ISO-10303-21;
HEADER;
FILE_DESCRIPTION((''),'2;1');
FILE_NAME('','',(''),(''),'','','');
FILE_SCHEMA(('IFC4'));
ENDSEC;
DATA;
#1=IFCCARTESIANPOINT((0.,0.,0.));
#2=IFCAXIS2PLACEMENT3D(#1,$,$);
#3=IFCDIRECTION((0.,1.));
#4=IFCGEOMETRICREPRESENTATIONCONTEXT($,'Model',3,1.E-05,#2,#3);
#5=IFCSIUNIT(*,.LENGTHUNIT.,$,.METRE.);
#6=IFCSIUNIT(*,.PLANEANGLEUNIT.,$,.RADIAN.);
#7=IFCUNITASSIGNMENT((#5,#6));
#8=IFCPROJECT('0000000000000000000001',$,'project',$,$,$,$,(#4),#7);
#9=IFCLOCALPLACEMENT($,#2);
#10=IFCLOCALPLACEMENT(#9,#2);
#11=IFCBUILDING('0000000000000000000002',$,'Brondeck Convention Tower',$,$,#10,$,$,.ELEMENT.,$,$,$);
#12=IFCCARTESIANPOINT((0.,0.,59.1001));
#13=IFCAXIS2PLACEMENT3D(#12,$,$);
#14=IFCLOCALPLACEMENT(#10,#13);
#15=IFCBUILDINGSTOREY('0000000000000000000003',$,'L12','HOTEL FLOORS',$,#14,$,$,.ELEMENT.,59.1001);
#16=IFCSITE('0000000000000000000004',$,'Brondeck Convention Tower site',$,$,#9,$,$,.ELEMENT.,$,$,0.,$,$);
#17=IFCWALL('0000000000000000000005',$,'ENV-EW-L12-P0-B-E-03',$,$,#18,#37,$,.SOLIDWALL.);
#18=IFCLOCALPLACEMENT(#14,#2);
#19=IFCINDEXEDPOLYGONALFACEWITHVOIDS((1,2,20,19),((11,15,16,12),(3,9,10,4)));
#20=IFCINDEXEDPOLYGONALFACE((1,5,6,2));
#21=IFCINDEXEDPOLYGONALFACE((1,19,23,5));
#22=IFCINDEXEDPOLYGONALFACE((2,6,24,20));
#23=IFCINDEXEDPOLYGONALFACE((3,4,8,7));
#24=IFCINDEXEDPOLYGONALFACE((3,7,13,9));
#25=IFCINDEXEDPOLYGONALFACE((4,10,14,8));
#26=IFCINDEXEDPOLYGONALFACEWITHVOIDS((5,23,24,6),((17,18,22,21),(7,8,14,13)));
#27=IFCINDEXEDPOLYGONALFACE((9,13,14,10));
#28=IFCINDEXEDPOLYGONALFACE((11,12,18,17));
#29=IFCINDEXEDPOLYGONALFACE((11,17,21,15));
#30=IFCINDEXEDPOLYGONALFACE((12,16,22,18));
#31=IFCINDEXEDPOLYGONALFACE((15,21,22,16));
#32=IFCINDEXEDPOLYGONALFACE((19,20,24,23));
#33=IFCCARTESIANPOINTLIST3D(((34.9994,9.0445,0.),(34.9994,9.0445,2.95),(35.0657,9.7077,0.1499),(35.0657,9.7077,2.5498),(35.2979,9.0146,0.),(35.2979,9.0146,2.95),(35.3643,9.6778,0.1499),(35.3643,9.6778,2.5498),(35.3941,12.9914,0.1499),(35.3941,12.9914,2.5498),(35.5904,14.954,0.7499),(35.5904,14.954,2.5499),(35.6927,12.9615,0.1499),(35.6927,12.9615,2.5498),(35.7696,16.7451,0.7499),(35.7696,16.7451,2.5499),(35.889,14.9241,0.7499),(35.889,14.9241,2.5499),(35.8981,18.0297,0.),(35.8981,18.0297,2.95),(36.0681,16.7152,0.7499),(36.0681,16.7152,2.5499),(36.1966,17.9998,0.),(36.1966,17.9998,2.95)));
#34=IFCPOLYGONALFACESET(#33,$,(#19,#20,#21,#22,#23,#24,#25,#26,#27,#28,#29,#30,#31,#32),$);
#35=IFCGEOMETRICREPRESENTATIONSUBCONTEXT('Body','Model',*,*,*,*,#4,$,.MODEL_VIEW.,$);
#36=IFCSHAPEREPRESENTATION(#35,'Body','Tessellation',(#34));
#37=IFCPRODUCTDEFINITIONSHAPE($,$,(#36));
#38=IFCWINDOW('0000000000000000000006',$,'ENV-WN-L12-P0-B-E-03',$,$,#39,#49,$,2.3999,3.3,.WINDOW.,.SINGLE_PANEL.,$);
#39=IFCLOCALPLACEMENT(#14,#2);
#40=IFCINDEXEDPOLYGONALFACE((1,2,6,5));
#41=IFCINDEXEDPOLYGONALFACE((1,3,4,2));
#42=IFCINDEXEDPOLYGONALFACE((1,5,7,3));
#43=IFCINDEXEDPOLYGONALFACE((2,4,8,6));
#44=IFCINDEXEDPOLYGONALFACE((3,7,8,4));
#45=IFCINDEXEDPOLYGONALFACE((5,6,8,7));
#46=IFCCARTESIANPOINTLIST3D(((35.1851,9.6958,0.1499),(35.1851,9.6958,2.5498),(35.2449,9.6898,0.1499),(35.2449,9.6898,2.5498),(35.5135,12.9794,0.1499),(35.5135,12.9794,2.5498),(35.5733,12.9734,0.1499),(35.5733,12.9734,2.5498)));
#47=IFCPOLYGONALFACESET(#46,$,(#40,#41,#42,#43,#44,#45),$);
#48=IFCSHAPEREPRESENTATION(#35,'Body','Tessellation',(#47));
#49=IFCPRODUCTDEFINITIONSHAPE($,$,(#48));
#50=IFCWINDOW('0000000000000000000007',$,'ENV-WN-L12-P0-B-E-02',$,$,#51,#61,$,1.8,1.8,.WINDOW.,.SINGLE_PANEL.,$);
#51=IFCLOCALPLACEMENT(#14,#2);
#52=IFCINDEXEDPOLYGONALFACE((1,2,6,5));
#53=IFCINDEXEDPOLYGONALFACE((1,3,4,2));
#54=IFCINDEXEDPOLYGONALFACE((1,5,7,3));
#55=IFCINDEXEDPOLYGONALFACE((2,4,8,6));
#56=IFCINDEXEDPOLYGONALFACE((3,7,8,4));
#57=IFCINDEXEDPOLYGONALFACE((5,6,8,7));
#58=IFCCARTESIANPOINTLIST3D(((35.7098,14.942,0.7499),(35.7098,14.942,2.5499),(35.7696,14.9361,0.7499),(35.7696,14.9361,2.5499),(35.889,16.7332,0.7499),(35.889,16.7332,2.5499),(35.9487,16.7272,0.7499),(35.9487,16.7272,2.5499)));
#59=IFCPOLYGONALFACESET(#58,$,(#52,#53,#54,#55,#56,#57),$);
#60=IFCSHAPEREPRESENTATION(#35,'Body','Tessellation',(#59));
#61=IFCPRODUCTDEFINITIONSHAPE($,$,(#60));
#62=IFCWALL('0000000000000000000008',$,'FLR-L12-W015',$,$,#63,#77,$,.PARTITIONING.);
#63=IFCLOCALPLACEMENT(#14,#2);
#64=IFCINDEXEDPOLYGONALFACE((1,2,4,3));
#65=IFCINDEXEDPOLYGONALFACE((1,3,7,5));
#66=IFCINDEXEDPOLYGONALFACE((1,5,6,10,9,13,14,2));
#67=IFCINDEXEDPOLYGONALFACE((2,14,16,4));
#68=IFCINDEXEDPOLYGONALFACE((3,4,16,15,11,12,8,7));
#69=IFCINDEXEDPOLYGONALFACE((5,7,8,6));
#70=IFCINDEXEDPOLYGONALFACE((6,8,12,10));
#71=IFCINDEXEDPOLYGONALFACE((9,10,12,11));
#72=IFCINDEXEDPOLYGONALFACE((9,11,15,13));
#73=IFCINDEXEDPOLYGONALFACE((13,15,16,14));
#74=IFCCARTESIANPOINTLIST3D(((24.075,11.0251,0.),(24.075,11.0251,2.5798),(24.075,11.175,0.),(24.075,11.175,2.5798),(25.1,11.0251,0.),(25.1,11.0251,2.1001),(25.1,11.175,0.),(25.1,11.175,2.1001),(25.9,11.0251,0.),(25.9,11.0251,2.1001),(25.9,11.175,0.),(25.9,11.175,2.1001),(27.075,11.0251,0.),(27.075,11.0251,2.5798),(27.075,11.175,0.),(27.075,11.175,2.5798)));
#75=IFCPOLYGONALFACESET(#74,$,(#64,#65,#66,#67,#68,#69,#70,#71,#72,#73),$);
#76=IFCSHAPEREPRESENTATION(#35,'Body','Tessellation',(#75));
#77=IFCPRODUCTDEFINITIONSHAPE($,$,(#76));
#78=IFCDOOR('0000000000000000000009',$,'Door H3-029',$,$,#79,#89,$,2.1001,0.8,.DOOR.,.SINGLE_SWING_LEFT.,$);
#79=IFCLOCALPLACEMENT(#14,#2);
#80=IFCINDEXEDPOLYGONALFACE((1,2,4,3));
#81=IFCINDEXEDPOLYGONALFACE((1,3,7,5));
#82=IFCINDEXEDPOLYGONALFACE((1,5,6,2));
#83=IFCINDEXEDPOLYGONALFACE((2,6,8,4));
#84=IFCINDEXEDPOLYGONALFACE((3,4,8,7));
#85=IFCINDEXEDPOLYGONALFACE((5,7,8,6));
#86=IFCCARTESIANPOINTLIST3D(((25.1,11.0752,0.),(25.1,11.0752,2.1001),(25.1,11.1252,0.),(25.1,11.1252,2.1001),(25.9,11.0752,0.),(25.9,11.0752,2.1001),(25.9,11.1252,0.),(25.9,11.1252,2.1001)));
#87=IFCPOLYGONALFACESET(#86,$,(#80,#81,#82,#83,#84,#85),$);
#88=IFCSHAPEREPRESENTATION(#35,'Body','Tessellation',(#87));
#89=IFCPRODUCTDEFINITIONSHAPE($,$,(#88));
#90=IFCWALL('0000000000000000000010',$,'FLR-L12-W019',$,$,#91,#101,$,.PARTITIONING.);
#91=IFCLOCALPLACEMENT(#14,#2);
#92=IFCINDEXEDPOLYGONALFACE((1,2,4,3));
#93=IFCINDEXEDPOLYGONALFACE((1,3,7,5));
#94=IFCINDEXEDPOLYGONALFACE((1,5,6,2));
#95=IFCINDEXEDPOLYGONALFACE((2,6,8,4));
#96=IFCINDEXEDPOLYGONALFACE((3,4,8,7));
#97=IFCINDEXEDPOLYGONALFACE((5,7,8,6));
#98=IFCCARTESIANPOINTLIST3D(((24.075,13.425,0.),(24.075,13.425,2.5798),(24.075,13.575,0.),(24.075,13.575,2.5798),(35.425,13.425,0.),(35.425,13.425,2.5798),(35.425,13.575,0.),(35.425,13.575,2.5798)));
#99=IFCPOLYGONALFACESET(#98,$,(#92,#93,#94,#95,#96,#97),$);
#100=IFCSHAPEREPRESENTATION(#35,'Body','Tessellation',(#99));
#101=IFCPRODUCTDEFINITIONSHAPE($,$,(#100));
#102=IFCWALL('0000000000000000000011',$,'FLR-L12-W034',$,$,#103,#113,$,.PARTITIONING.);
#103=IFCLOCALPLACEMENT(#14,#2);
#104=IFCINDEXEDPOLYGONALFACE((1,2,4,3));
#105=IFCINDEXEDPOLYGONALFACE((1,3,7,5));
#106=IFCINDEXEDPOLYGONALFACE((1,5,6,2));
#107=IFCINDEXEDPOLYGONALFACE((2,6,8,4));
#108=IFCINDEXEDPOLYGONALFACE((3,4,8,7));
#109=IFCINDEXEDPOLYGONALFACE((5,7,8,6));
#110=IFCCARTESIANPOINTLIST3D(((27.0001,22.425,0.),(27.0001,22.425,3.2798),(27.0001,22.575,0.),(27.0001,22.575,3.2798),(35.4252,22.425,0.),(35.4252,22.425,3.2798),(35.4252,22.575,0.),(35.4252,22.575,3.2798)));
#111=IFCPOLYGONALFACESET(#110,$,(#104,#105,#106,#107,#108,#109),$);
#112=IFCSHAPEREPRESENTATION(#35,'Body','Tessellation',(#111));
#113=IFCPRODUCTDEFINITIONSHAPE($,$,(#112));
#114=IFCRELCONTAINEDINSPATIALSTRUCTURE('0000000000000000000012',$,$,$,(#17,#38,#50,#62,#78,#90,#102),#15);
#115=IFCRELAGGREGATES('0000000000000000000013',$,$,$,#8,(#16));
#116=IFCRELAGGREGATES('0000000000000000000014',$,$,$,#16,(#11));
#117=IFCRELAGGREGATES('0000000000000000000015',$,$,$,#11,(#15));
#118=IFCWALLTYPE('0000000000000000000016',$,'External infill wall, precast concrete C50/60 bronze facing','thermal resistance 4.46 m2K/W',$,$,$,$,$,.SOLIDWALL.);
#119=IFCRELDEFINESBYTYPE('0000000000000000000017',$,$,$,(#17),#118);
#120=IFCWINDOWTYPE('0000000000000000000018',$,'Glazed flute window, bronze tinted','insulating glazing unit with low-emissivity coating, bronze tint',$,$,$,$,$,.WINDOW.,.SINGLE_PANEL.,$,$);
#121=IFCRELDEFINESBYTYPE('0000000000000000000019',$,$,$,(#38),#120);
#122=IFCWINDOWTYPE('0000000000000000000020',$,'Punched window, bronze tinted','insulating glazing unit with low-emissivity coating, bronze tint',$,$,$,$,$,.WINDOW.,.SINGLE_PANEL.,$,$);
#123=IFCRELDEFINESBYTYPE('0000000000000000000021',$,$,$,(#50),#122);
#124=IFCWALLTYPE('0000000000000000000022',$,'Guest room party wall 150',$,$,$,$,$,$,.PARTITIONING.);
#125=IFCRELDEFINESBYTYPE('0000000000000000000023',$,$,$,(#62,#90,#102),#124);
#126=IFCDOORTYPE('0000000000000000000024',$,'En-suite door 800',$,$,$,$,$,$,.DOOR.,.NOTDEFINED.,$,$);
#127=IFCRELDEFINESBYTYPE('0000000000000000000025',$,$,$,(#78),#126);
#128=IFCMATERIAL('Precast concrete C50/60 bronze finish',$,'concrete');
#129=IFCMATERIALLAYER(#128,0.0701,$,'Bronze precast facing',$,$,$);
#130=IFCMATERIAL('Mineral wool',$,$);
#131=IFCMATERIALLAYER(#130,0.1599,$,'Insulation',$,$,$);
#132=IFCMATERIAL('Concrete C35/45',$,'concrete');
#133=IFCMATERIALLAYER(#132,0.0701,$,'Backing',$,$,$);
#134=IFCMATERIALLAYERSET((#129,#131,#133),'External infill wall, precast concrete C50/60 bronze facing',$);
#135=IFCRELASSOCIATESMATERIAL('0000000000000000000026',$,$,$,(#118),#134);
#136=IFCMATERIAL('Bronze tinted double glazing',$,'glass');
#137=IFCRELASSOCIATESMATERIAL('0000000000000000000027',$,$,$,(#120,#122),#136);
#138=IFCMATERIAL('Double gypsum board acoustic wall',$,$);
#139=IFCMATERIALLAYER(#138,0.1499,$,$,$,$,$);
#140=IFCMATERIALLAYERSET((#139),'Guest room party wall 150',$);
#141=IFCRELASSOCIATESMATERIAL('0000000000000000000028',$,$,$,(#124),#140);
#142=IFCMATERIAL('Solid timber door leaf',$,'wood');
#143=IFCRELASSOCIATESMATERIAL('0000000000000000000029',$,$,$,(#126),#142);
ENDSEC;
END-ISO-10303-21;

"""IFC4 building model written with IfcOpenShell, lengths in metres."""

from ifc_helpers import new_model, si_unit, direction, frame, frame_2d, origin, place, context, subcontext, project, spatial, rectangle, extrude, material, layer, layer_set, type_object, element, fill, save


model = new_model("IFC4")

# Units and contexts
model_context = context("Model", 3, precision=1e-05, world=origin(), true_north=direction((0.0, 1.0)))
body_context = subcontext(model_context, "Body", "Model", "MODEL_VIEW")
ifc_project = project(units=[si_unit("LENGTHUNIT", "METRE"), si_unit("PLANEANGLEUNIT", "RADIAN")], contexts=[model_context])

# Site, building, storey
site_placement = place(None, origin())
site = spatial("IfcSite", under=ifc_project, at=site_placement, Name="Brondeck Convention Tower site", CompositionType="ELEMENT", RefElevation=0.0)
building_placement = place(site_placement, origin())
building = spatial("IfcBuilding", under=site, at=building_placement, Name="Brondeck Convention Tower", CompositionType="ELEMENT")
storey_placement = place(building_placement, frame((0.0, 0.0, 59.1001)))
storey = spatial("IfcBuildingStorey", under=building, at=storey_placement, Name="L12", Description="HOTEL FLOORS", CompositionType="ELEMENT", Elevation=59.1001)

# Wall, openings, windows
ifc_material_1 = material(Name="Precast concrete C50/60 bronze finish", Category="concrete")
ifc_layer_1 = layer(ifc_material_1, 0.0701, Name="Bronze precast facing")
ifc_material_2 = material(Name="Mineral wool")
ifc_layer_2 = layer(ifc_material_2, 0.1599, Name="Insulation")
ifc_material_3 = material(Name="Concrete C35/45", Category="concrete")
ifc_layer_3 = layer(ifc_material_3, 0.0701, Name="Backing")
ifc_layer_set_1 = layer_set([ifc_layer_1, ifc_layer_2, ifc_layer_3], Name="External infill wall, precast concrete C50/60 bronze facing")
wall_type_1 = type_object("IfcWallType", Name="External infill wall, precast concrete C50/60 bronze facing", Description="thermal resistance 4.46 m2K/W", PredefinedType="SOLIDWALL", material=ifc_layer_set_1)
wall_1_placement = place(storey_placement, frame((36.0474, 18.0149, 0.0), z_axis=(0.0, 0.0, 1.0), x_axis=(-0.099522, -0.995035, 0.0)))
wall_1 = element("IfcWall", 1, at=wall_1_placement, inside=storey, type_object=wall_type_1, Name="ENV-EW-L12-P0-B-E-03", PredefinedType="SOLIDWALL", context=body_context, shape_type="SweptSolid", body=[
    extrude(rectangle(XDim=9.03, YDim=0.3, at=frame_2d((4.5151, 0.0))), origin(), (0.0, 0.0, 1.0), 2.95),
])
opening_1_placement = place(wall_1_placement, frame((1.2913, 0.0, 0.75)))
opening_1 = element("IfcOpeningElement", 2, at=opening_1_placement, cuts=wall_1, PredefinedType="OPENING", context=body_context, shape_type="SweptSolid", body=[
    extrude(rectangle(XDim=1.8, YDim=1.8, at=frame_2d((0.8999, 0.8999))), frame((0.0, 0.1599, 0.0), z_axis=(0.0, -1.0, 0.0), x_axis=(1.0, 0.0, 0.0)), (0.0, 0.0, 1.0), 0.3201),
])
opening_2_placement = place(wall_1_placement, frame((5.0637, 0.0, 0.1499)))
opening_2 = element("IfcOpeningElement", 3, at=opening_2_placement, cuts=wall_1, PredefinedType="OPENING", context=body_context, shape_type="SweptSolid", body=[
    extrude(rectangle(XDim=3.3, YDim=2.3999, at=frame_2d((1.6499, 1.2))), frame((0.0, 0.1599, 0.0), z_axis=(0.0, -1.0, 0.0), x_axis=(1.0, 0.0, 0.0)), (0.0, 0.0, 1.0), 0.3201),
])
ifc_material_4 = material(Name="Bronze tinted double glazing", Category="glass")
window_type_1 = type_object("IfcWindowType", Name="Glazed flute window, bronze tinted", Description="insulating glazing unit with low-emissivity coating, bronze tint", PartitioningType="SINGLE_PANEL", PredefinedType="WINDOW", material=ifc_material_4)
window_1_placement = place(opening_2_placement, origin())
window_1 = element("IfcWindow", 4, at=window_1_placement, inside=storey, type_object=window_type_1, Name="ENV-WN-L12-P0-B-E-03", OverallHeight=2.3999, OverallWidth=3.3, PartitioningType="SINGLE_PANEL", PredefinedType="WINDOW", context=body_context, shape_type="SweptSolid", body=[
    extrude(rectangle(XDim=3.3, YDim=2.3999, at=frame_2d((1.6499, 1.2))), frame((0.0, 0.03, 0.0), z_axis=(0.0, -1.0, 0.0), x_axis=(1.0, 0.0, 0.0)), (0.0, 0.0, 1.0), 0.0601),
])
fill(opening_2, window_1)
window_type_2 = type_object("IfcWindowType", Name="Punched window, bronze tinted", Description="insulating glazing unit with low-emissivity coating, bronze tint", PartitioningType="SINGLE_PANEL", PredefinedType="WINDOW", material=ifc_material_4)
window_2_placement = place(opening_1_placement, origin())
window_2 = element("IfcWindow", 5, at=window_2_placement, inside=storey, type_object=window_type_2, Name="ENV-WN-L12-P0-B-E-02", OverallHeight=1.8, OverallWidth=1.8, PartitioningType="SINGLE_PANEL", PredefinedType="WINDOW", context=body_context, shape_type="SweptSolid", body=[
    extrude(rectangle(XDim=1.8, YDim=1.8, at=frame_2d((0.8999, 0.8999))), frame((0.0, 0.03, 0.0), z_axis=(0.0, -1.0, 0.0), x_axis=(1.0, 0.0, 0.0)), (0.0, 0.0, 1.0), 0.0601),
])
fill(opening_1, window_2)

# Wall, opening, door
ifc_material_5 = material(Name="Double gypsum board acoustic wall")
ifc_layer_4 = layer(ifc_material_5, 0.1499)
ifc_layer_set_2 = layer_set([ifc_layer_4], Name="Guest room party wall 150")
wall_type_2 = type_object("IfcWallType", Name="Guest room party wall 150", PredefinedType="PARTITIONING", material=ifc_layer_set_2)
wall_2_placement = place(storey_placement, frame((27.075, 11.1001, 0.0), z_axis=(0.0, 0.0, 1.0), x_axis=(-1.0, 0.0, 0.0)))
wall_2 = element("IfcWall", 6, at=wall_2_placement, inside=storey, type_object=wall_type_2, Name="FLR-L12-W015", PredefinedType="PARTITIONING", context=body_context, shape_type="SweptSolid", body=[
    extrude(rectangle(XDim=3.0, YDim=0.1499, at=frame_2d((1.5, 0.0))), origin(), (0.0, 0.0, 1.0), 2.5798),
])
opening_3_placement = place(wall_2_placement, frame((1.175, 0.0, 0.0)))
opening_3 = element("IfcOpeningElement", 7, at=opening_3_placement, cuts=wall_2, PredefinedType="OPENING", context=body_context, shape_type="SweptSolid", body=[
    extrude(rectangle(XDim=0.8, YDim=2.1001, at=frame_2d((0.3999, 1.05))), frame((0.0, 0.085, 0.0), z_axis=(0.0, -1.0, 0.0), x_axis=(1.0, 0.0, 0.0)), (0.0, 0.0, 1.0), 0.1699),
])
ifc_material_6 = material(Name="Solid timber door leaf", Category="wood")
door_type = type_object("IfcDoorType", Name="En-suite door 800", OperationType="NOTDEFINED", PredefinedType="DOOR", material=ifc_material_6)
door_placement = place(opening_3_placement, origin())
door = element("IfcDoor", 8, at=door_placement, inside=storey, type_object=door_type, Name="Door H3-029", OperationType="SINGLE_SWING_LEFT", OverallHeight=2.1001, OverallWidth=0.8, PredefinedType="DOOR", context=body_context, shape_type="SweptSolid", body=[
    extrude(rectangle(XDim=0.8, YDim=2.1001, at=frame_2d((0.3999, 1.05))), frame((0.0, 0.0249, 0.0), z_axis=(0.0, -1.0, 0.0), x_axis=(1.0, 0.0, 0.0)), (0.0, 0.0, 1.0), 0.05),
])
fill(opening_3, door)

# Walls
wall_3_placement = place(storey_placement, frame((35.425, 13.5, 0.0), z_axis=(0.0, 0.0, 1.0), x_axis=(-1.0, 0.0, 0.0)))
element("IfcWall", 9, at=wall_3_placement, inside=storey, type_object=wall_type_2, Name="FLR-L12-W019", PredefinedType="PARTITIONING", context=body_context, shape_type="SweptSolid", body=[
    extrude(rectangle(XDim=11.3501, YDim=0.1499, at=frame_2d((5.675, 0.0))), origin(), (0.0, 0.0, 1.0), 2.5798),
])
wall_4_placement = place(storey_placement, frame((35.425, 22.5, 0.0), z_axis=(0.0, 0.0, 1.0), x_axis=(-1.0, 0.0, 0.0)))
element("IfcWall", 10, at=wall_4_placement, inside=storey, type_object=wall_type_2, Name="FLR-L12-W034", PredefinedType="PARTITIONING", context=body_context, shape_type="SweptSolid", body=[
    extrude(rectangle(XDim=8.425, YDim=0.1499, at=frame_2d((4.2124, 0.0))), origin(), (0.0, 0.0, 1.0), 3.2798),
])

save(model, "model.ifc")
